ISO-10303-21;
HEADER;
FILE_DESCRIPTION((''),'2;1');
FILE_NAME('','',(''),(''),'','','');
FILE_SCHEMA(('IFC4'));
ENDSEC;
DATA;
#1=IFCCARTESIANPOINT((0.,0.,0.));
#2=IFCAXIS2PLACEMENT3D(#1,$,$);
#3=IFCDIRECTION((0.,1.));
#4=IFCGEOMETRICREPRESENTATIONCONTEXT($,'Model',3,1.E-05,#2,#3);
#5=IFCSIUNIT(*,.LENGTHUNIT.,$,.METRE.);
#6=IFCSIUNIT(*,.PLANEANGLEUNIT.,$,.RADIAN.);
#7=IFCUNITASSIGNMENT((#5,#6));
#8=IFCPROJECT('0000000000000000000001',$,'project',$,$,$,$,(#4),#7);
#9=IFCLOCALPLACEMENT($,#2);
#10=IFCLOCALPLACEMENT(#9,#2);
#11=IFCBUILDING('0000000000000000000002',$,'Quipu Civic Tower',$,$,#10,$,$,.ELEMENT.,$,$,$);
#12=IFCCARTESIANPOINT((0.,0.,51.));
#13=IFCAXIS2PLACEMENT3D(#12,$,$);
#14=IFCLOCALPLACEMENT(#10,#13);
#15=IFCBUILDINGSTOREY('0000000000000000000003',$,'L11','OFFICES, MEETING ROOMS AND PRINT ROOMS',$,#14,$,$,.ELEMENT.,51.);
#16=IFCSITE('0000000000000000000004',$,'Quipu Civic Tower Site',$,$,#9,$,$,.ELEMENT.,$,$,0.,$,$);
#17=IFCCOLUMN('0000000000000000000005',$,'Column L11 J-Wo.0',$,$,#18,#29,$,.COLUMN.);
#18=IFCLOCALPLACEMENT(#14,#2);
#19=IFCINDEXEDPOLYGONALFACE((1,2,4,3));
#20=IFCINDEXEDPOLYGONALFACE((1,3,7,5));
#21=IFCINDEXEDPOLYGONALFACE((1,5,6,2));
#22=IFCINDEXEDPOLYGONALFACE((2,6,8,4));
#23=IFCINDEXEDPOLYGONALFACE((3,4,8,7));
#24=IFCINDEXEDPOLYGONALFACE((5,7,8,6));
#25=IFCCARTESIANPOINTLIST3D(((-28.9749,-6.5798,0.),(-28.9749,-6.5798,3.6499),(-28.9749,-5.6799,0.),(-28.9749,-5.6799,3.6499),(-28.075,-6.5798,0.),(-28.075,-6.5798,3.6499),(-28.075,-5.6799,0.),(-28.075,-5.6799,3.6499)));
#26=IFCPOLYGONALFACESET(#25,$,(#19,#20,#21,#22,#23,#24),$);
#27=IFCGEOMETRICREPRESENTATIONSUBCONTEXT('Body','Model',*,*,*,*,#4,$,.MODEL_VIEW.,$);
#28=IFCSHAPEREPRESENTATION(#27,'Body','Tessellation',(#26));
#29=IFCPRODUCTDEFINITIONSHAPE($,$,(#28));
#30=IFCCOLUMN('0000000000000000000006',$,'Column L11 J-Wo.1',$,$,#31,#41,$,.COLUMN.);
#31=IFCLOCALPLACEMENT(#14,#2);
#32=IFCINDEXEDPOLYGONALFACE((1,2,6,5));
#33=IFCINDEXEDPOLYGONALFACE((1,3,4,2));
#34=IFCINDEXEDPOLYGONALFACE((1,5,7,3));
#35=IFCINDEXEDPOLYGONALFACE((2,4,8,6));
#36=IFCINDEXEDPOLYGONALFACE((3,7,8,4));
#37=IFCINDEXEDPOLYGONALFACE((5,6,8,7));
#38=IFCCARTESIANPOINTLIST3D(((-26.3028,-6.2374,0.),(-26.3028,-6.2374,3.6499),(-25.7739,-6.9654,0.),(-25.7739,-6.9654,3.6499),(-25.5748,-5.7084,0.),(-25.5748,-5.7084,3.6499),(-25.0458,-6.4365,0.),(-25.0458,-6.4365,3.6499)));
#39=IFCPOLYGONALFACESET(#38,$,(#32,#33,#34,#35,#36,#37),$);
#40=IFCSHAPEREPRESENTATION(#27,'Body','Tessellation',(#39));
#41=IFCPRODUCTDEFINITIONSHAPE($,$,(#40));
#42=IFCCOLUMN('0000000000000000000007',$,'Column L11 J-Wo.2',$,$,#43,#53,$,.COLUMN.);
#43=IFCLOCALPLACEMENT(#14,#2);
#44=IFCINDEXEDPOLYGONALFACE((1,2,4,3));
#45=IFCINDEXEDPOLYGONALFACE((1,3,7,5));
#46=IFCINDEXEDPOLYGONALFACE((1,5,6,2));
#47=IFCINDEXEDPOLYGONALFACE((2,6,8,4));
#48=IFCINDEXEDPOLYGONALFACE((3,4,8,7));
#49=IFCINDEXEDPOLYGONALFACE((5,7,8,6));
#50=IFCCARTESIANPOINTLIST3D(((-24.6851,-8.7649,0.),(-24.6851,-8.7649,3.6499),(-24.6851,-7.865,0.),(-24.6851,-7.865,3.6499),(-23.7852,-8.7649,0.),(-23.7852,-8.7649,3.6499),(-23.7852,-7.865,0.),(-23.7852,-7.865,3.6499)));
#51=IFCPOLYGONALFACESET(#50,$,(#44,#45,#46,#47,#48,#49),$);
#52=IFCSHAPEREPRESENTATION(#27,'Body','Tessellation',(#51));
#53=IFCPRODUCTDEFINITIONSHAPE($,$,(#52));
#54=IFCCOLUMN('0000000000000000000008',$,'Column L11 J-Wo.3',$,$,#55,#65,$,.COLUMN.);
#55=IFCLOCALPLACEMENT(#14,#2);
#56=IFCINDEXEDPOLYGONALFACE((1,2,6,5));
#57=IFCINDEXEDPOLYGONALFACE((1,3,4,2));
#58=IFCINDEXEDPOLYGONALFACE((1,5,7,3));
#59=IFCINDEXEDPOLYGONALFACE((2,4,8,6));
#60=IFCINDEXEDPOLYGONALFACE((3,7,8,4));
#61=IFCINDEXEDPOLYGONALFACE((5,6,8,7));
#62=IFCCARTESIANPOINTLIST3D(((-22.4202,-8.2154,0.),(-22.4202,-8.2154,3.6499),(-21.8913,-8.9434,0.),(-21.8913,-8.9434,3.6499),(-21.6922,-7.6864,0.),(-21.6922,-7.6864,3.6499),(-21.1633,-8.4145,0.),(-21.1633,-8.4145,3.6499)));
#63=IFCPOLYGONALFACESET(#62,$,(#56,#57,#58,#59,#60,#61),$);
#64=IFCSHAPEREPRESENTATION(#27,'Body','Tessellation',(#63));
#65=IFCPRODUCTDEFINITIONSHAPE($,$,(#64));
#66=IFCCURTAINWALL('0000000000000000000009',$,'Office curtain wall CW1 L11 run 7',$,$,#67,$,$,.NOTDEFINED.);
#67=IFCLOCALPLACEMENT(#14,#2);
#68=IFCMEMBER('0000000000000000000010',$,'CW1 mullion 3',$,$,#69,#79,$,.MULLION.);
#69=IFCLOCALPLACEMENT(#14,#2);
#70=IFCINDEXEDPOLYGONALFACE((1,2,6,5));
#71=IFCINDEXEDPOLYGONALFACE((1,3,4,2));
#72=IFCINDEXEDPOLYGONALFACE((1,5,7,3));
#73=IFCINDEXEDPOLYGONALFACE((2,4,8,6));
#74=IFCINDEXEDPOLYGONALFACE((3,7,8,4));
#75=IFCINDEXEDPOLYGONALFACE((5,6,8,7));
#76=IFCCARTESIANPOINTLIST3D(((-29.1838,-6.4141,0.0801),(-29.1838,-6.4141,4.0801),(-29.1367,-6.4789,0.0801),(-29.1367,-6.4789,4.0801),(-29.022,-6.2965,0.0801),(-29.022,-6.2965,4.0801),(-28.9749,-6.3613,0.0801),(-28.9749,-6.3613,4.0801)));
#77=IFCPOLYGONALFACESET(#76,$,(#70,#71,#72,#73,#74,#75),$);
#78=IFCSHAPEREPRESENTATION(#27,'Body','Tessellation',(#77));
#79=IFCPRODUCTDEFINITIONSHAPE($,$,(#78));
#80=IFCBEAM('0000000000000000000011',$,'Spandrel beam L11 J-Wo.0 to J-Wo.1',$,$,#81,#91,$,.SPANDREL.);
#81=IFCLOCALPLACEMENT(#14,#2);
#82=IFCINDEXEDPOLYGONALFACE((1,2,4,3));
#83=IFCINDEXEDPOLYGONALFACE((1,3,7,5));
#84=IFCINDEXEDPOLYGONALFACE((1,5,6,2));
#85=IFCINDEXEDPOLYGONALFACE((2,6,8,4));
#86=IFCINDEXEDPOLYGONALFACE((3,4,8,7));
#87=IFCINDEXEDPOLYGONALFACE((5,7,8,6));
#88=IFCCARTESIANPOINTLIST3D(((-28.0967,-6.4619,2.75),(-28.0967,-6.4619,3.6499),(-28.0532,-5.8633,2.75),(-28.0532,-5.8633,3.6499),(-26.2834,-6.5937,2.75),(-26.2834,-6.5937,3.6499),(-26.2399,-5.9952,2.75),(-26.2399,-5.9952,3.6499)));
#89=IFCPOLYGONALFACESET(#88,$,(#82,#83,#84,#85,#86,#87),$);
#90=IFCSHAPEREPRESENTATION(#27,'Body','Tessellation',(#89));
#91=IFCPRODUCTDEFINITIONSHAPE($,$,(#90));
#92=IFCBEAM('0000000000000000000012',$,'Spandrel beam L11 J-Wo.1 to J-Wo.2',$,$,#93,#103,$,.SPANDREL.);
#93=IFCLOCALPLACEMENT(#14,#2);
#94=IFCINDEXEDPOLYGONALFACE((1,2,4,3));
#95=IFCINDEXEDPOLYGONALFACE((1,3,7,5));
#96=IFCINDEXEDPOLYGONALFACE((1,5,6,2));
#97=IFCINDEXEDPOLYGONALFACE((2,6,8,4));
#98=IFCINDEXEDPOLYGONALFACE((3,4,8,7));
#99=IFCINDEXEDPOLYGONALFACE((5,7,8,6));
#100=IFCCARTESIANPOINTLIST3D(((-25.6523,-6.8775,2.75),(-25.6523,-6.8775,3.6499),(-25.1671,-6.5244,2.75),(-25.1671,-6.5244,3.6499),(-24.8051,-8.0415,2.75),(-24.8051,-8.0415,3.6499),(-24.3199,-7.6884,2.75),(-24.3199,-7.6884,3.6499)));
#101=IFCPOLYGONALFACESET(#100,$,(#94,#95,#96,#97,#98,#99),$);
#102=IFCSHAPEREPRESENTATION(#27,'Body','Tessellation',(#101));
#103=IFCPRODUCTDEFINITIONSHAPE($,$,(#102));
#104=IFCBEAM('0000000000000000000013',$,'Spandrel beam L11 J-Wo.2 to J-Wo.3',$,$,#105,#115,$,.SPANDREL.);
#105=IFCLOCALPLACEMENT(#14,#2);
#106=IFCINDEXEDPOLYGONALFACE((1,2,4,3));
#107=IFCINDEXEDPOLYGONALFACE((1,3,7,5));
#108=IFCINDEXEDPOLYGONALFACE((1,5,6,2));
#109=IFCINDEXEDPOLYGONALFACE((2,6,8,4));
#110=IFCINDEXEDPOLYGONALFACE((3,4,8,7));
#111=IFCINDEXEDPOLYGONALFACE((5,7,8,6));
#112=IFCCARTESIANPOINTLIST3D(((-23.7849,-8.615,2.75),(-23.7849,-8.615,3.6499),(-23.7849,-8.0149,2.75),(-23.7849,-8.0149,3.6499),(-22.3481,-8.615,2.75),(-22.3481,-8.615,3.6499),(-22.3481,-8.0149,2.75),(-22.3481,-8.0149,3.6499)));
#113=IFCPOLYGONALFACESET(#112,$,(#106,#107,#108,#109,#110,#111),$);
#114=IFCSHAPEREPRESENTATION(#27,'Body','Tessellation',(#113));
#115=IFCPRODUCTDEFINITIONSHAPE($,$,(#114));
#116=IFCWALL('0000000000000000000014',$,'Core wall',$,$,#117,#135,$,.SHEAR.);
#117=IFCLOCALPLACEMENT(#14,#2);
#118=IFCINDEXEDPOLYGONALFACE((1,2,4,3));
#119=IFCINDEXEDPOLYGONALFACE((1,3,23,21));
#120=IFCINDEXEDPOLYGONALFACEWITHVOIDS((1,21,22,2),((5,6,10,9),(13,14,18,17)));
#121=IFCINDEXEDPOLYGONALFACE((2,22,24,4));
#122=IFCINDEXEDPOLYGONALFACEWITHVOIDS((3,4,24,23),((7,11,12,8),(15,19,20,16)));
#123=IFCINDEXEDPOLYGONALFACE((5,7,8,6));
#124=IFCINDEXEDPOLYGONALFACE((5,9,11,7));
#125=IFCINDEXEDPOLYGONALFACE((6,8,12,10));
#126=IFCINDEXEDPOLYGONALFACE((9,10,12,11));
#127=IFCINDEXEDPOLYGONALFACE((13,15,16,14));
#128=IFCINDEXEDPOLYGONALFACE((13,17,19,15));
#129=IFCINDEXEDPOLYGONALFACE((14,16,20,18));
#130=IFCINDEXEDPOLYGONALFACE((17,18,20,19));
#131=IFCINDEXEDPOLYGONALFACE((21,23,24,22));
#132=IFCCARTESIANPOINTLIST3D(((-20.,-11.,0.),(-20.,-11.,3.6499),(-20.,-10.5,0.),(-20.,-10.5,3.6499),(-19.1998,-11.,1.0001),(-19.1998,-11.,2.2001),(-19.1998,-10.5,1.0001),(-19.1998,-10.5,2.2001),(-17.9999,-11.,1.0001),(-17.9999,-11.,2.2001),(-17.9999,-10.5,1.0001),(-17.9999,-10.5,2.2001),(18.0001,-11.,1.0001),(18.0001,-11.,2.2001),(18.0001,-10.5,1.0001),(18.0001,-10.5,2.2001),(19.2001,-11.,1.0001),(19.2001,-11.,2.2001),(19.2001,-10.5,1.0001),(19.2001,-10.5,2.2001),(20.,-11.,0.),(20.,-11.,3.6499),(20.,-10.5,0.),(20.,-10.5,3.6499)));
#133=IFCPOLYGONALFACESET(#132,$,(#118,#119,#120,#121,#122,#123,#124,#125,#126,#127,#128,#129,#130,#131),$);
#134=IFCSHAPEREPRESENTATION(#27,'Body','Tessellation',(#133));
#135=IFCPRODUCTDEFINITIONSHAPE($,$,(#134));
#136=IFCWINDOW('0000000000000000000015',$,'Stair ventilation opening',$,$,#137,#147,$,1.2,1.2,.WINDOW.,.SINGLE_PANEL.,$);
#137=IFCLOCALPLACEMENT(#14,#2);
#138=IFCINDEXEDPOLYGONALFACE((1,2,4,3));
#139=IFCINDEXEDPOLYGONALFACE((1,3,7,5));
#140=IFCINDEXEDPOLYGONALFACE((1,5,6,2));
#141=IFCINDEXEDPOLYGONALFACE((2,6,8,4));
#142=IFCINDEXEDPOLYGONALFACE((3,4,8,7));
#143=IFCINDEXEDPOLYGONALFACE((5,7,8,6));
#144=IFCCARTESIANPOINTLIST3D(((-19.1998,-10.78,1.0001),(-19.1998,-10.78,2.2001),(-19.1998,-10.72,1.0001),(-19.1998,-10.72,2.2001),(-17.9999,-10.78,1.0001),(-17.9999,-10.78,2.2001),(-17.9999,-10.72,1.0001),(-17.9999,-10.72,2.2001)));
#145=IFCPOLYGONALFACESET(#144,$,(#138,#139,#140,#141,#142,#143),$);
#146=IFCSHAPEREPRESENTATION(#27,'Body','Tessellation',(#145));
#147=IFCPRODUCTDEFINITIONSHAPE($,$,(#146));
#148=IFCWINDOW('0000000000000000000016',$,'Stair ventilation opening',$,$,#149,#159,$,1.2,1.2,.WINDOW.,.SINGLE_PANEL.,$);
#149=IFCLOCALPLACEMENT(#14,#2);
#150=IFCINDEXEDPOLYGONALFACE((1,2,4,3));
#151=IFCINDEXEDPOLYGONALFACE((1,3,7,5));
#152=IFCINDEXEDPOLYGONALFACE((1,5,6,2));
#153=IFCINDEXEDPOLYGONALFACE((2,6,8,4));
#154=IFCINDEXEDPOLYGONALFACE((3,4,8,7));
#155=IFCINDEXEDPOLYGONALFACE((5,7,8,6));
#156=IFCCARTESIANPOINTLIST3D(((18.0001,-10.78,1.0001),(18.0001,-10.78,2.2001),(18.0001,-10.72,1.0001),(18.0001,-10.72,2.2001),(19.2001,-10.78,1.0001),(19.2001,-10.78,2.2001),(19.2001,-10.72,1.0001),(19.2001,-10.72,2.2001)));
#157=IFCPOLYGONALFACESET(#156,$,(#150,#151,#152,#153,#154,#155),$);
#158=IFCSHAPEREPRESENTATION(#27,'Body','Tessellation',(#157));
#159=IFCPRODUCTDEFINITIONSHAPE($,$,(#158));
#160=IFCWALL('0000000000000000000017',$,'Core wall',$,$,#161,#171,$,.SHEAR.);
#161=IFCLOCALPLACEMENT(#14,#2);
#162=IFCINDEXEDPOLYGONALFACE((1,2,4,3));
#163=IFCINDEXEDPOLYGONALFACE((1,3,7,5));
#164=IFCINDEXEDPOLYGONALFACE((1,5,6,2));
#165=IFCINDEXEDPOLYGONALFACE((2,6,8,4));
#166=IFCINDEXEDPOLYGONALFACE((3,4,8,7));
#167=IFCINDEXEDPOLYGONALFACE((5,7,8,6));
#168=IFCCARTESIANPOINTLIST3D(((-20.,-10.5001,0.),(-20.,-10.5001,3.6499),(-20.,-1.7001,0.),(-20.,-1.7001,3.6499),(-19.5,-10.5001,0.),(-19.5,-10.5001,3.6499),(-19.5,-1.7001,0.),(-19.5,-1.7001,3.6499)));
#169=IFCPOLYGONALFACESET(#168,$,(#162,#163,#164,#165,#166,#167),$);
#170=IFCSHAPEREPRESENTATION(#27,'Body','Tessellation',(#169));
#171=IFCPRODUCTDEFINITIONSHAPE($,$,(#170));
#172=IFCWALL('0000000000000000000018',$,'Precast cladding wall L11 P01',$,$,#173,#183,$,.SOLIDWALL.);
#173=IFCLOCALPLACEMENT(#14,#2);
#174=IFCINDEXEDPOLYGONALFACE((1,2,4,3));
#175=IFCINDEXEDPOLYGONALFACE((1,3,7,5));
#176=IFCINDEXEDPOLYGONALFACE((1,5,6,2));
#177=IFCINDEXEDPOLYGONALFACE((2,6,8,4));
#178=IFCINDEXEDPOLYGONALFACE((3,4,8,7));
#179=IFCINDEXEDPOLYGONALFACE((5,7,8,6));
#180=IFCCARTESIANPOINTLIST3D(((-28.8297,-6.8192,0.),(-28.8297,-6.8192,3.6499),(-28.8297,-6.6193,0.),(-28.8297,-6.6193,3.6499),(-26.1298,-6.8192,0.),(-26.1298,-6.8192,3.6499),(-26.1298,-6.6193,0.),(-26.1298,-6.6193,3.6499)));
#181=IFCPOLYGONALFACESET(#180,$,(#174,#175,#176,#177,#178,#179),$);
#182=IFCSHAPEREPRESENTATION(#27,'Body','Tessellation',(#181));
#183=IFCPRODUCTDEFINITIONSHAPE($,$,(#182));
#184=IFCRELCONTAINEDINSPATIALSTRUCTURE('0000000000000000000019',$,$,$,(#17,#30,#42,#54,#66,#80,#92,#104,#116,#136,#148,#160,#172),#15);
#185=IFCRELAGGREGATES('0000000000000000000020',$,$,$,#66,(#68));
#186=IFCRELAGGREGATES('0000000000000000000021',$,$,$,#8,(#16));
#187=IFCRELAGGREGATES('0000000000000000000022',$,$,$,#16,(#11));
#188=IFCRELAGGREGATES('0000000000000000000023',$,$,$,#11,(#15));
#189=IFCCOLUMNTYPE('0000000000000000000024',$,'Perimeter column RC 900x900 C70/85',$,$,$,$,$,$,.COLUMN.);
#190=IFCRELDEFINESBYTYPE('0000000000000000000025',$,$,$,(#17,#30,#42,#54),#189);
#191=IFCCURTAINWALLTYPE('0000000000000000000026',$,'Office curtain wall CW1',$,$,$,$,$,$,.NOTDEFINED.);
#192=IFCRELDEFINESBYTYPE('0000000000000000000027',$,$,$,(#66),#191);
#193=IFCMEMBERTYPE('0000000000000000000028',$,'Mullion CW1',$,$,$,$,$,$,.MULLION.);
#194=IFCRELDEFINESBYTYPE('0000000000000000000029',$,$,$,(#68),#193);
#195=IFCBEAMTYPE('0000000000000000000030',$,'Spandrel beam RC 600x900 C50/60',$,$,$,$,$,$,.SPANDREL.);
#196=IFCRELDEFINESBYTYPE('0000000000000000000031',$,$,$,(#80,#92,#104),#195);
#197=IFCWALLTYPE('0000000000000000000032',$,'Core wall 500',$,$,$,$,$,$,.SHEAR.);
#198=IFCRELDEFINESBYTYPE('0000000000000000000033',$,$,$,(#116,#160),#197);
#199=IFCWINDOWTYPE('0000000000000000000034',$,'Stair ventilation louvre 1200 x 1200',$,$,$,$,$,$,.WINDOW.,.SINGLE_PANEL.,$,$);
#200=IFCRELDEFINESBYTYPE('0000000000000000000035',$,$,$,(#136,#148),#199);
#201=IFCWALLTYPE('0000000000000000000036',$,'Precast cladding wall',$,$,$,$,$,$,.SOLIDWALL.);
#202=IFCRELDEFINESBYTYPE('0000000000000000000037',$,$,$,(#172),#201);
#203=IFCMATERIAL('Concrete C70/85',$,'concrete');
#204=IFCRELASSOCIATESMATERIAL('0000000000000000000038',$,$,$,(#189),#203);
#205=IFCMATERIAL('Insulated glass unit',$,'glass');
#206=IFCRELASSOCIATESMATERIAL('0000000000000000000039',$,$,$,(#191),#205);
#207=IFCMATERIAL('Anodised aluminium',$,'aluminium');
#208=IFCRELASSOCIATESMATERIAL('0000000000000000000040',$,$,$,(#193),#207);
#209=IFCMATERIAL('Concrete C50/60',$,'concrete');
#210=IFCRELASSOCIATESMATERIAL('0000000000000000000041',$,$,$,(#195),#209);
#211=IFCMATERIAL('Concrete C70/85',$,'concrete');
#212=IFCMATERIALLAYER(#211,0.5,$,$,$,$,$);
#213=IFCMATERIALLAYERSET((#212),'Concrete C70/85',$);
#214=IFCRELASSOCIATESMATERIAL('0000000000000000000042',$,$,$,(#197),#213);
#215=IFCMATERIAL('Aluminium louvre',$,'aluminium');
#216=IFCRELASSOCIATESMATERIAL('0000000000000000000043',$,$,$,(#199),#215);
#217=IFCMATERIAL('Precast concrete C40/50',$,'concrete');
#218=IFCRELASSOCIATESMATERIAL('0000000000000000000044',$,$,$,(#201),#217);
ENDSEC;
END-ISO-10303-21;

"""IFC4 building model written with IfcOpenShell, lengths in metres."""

from ifc_helpers import new_model, si_unit, direction, frame, frame_2d, origin, origin_2d, place, context, subcontext, project, spatial, rectangle, extrude, material, layer, layer_set, material_profile, profile_set, type_object, element, fill, aggregate, save


model = new_model("IFC4")

# Units and contexts
model_context = context("Model", 3, precision=1e-05, world=origin(), true_north=direction((0.0, 1.0)))
body_context = subcontext(model_context, "Body", "Model", "MODEL_VIEW")
ifc_project = project(units=[si_unit("LENGTHUNIT", "METRE"), si_unit("PLANEANGLEUNIT", "RADIAN")], contexts=[model_context])

# Site, building, storey
site_placement = place(None, origin())
site = spatial("IfcSite", under=ifc_project, at=site_placement, Name="Quipu Civic Tower Site", CompositionType="ELEMENT", RefElevation=0.0)
building_placement = place(site_placement, origin())
building = spatial("IfcBuilding", under=site, at=building_placement, Name="Quipu Civic Tower", CompositionType="ELEMENT")
storey_placement = place(building_placement, frame((0.0, 0.0, 51.0)))
storey = spatial("IfcBuildingStorey", under=building, at=storey_placement, Name="L11", Description="OFFICES, MEETING ROOMS AND PRINT ROOMS", CompositionType="ELEMENT", Elevation=51.0)

# Columns
ifc_material_1 = material(Name="Concrete C70/85", Category="concrete")
ifc_material_profile_1 = material_profile(ifc_material_1, rectangle(XDim=0.8999, YDim=0.8999, at=origin_2d()), Name="RC900x900")
ifc_profile_set_1 = profile_set([ifc_material_profile_1], Name="Concrete C70/85")
column_type = type_object("IfcColumnType", Name="Perimeter column RC 900x900 C70/85", PredefinedType="COLUMN", material=ifc_profile_set_1)
for number, where, z_axis, x_axis, name in (
    (1, (-28.5249, -6.1299, 0.0), (0.0, 0.0, 1.0), (1.0, 0.0, 0.0), "Column L11 J-Wo.0"),
    (2, (-25.6743, -6.3369, 0.0), (0.0, 0.0, 1.0), (0.587785, -0.809017, 0.0), "Column L11 J-Wo.1"),
    (3, (-24.2351, -8.3149, 0.0), (0.0, 0.0, 1.0), (1.0, 0.0, 0.0), "Column L11 J-Wo.2"),
    (4, (-21.7917, -8.3149, 0.0), (0.0, 0.0, 1.0), (0.587785, -0.809017, 0.0), "Column L11 J-Wo.3"),
):
    element("IfcColumn", number, at=place(storey_placement, frame(where, z_axis=z_axis, x_axis=x_axis)), inside=storey, type_object=column_type, Name=name, PredefinedType="COLUMN", context=body_context, shape_type="SweptSolid", body=[
        extrude(rectangle(XDim=0.8999, YDim=0.8999, at=origin_2d()), origin(), (0.0, 0.0, 1.0), 3.6499),
    ])

# Curtain wall, member
ifc_material_2 = material(Name="Insulated glass unit", Category="glass")
curtain_wall_type = type_object("IfcCurtainWallType", Name="Office curtain wall CW1", PredefinedType="NOTDEFINED", material=ifc_material_2)
curtain_wall_placement = place(storey_placement, origin())
curtain_wall = element("IfcCurtainWall", 5, at=curtain_wall_placement, inside=storey, type_object=curtain_wall_type, Name="Office curtain wall CW1 L11 run 7", PredefinedType="NOTDEFINED")
ifc_material_3 = material(Name="Anodised aluminium", Category="aluminium")
ifc_material_profile_2 = material_profile(ifc_material_3, rectangle(XDim=0.2, YDim=0.0801, at=origin_2d()), Name="RECT 200x80")
ifc_profile_set_2 = profile_set([ifc_material_profile_2], Name="Anodised aluminium")
member_type = type_object("IfcMemberType", Name="Mullion CW1", PredefinedType="MULLION", material=ifc_profile_set_2)
member_placement = place(storey_placement, frame((-29.0793, -6.3877, 0.0801), z_axis=(0.0, 0.0, 1.0), x_axis=(0.809016, 0.587787, 0.0)))
member = element("IfcMember", 6, at=member_placement, type_object=member_type, Name="CW1 mullion 3", PredefinedType="MULLION", context=body_context, shape_type="SweptSolid", body=[
    extrude(rectangle(XDim=0.2, YDim=0.0801, at=origin_2d()), origin(), (0.0, 0.0, 1.0), 4.0),
])
aggregate(curtain_wall, [member])

# Beams
ifc_material_4 = material(Name="Concrete C50/60", Category="concrete")
ifc_material_profile_3 = material_profile(ifc_material_4, rectangle(XDim=0.6001, YDim=0.8999, at=origin_2d()), Name="RC600x900")
ifc_profile_set_3 = profile_set([ifc_material_profile_3], Name="Concrete C50/60")
beam_type = type_object("IfcBeamType", Name="Spandrel beam RC 600x900 C50/60", PredefinedType="SPANDREL", material=ifc_profile_set_3)
beam_1_placement = place(storey_placement, frame((-28.075, -6.1626, 3.2), z_axis=(0.997367, -0.072516, 0.0), x_axis=(0.072516, 0.997367, 0.0)))
element("IfcBeam", 7, at=beam_1_placement, inside=storey, type_object=beam_type, Name="Spandrel beam L11 J-Wo.0 to J-Wo.1", PredefinedType="SPANDREL", context=body_context, shape_type="SweptSolid", body=[
    extrude(rectangle(XDim=0.6001, YDim=0.8999, at=origin_2d()), origin(), (0.0, 0.0, 1.0), 1.8181),
])
beam_2_placement = place(storey_placement, frame((-25.4097, -6.7009, 3.2), z_axis=(0.588434, -0.808545, 0.0), x_axis=(0.808545, 0.588434, 0.0)))
element("IfcBeam", 8, at=beam_2_placement, inside=storey, type_object=beam_type, Name="Spandrel beam L11 J-Wo.1 to J-Wo.2", PredefinedType="SPANDREL", context=body_context, shape_type="SweptSolid", body=[
    extrude(rectangle(XDim=0.6001, YDim=0.8999, at=origin_2d()), origin(), (0.0, 0.0, 1.0), 1.4397),
])
beam_3_placement = place(storey_placement, frame((-23.7849, -8.3149, 3.2), z_axis=(1.0, 0.0, 0.0), x_axis=(0.0, 1.0, 0.0)))
element("IfcBeam", 9, at=beam_3_placement, inside=storey, type_object=beam_type, Name="Spandrel beam L11 J-Wo.2 to J-Wo.3", PredefinedType="SPANDREL", context=body_context, shape_type="SweptSolid", body=[
    extrude(rectangle(XDim=0.6001, YDim=0.8999, at=origin_2d()), origin(), (0.0, 0.0, 1.0), 1.4368),
])

# Wall, openings, windows
ifc_material_5 = material(Name="Concrete C70/85", Category="concrete")
ifc_layer = layer(ifc_material_5, 0.5)
ifc_layer_set = layer_set([ifc_layer], Name="Concrete C70/85")
wall_type_1 = type_object("IfcWallType", Name="Core wall 500", PredefinedType="SHEAR", material=ifc_layer_set)
wall_1_placement = place(storey_placement, frame((-20.0, -10.75, 0.0), z_axis=(0.0, 0.0, 1.0), x_axis=(1.0, 0.0, 0.0)))
wall_1 = element("IfcWall", 10, at=wall_1_placement, inside=storey, type_object=wall_type_1, Name="Core wall", PredefinedType="SHEAR", context=body_context, shape_type="SweptSolid", body=[
    extrude(rectangle(XDim=40.0, YDim=0.5, at=frame_2d((20.0, 0.0))), origin(), (0.0, 0.0, 1.0), 3.6499),
])
opening_1_placement = place(wall_1_placement, frame((0.8, 0.0, 1.0)))
opening_1 = element("IfcOpeningElement", 11, at=opening_1_placement, cuts=wall_1, PredefinedType="OPENING", context=body_context, shape_type="SweptSolid", body=[
    extrude(rectangle(XDim=1.2, YDim=1.2, at=frame_2d((0.6001, 0.6001))), frame((0.0, 0.26, 0.0), z_axis=(0.0, -1.0, 0.0), x_axis=(1.0, 0.0, 0.0)), (0.0, 0.0, 1.0), 0.52),
])
opening_2_placement = place(wall_1_placement, frame((38.0, 0.0, 1.0)))
opening_2 = element("IfcOpeningElement", 12, at=opening_2_placement, cuts=wall_1, PredefinedType="OPENING", context=body_context, shape_type="SweptSolid", body=[
    extrude(rectangle(XDim=1.2, YDim=1.2, at=frame_2d((0.6001, 0.6001))), frame((0.0, 0.26, 0.0), z_axis=(0.0, -1.0, 0.0), x_axis=(1.0, 0.0, 0.0)), (0.0, 0.0, 1.0), 0.52),
])
ifc_material_6 = material(Name="Aluminium louvre", Category="aluminium")
window_type = type_object("IfcWindowType", Name="Stair ventilation louvre 1200 x 1200", PartitioningType="SINGLE_PANEL", PredefinedType="WINDOW", material=ifc_material_6)
window_1_placement = place(opening_1_placement, origin())
window_1 = element("IfcWindow", 13, at=window_1_placement, inside=storey, type_object=window_type, Name="Stair ventilation opening", OverallHeight=1.2, OverallWidth=1.2, PartitioningType="SINGLE_PANEL", PredefinedType="WINDOW", context=body_context, shape_type="SweptSolid", body=[
    extrude(rectangle(XDim=1.2, YDim=1.2, at=frame_2d((0.6001, 0.6001))), frame((0.0, 0.03, 0.0), z_axis=(0.0, -1.0, 0.0), x_axis=(1.0, 0.0, 0.0)), (0.0, 0.0, 1.0), 0.0601),
])
fill(opening_1, window_1)
window_2_placement = place(opening_2_placement, origin())
window_2 = element("IfcWindow", 14, at=window_2_placement, inside=storey, type_object=window_type, Name="Stair ventilation opening", OverallHeight=1.2, OverallWidth=1.2, PartitioningType="SINGLE_PANEL", PredefinedType="WINDOW", context=body_context, shape_type="SweptSolid", body=[
    extrude(rectangle(XDim=1.2, YDim=1.2, at=frame_2d((0.6001, 0.6001))), frame((0.0, 0.03, 0.0), z_axis=(0.0, -1.0, 0.0), x_axis=(1.0, 0.0, 0.0)), (0.0, 0.0, 1.0), 0.0601),
])
fill(opening_2, window_2)

# Walls
wall_2_placement = place(storey_placement, frame((-19.75, -10.5, 0.0), z_axis=(0.0, 0.0, 1.0), x_axis=(0.0, 1.0, 0.0)))
element("IfcWall", 15, at=wall_2_placement, inside=storey, type_object=wall_type_1, Name="Core wall", PredefinedType="SHEAR", context=body_context, shape_type="SweptSolid", body=[
    extrude(rectangle(XDim=8.8, YDim=0.5, at=frame_2d((4.3999, 0.0))), origin(), (0.0, 0.0, 1.0), 3.6499),
])
ifc_material_7 = material(Name="Precast concrete C40/50", Category="concrete")
wall_type_2 = type_object("IfcWallType", Name="Precast cladding wall", PredefinedType="SOLIDWALL", material=ifc_material_7)
wall_3_placement = place(storey_placement, frame((-28.8298, -6.7192, 0.0), z_axis=(0.0, 0.0, 1.0), x_axis=(1.0, 0.0, 0.0)))
element("IfcWall", 16, at=wall_3_placement, inside=storey, type_object=wall_type_2, Name="Precast cladding wall L11 P01", PredefinedType="SOLIDWALL", context=body_context, shape_type="SweptSolid", body=[
    extrude(rectangle(XDim=2.7, YDim=0.2, at=frame_2d((1.3501, 0.0))), origin(), (0.0, 0.0, 1.0), 3.6499),
])

save(model, "model.ifc")
